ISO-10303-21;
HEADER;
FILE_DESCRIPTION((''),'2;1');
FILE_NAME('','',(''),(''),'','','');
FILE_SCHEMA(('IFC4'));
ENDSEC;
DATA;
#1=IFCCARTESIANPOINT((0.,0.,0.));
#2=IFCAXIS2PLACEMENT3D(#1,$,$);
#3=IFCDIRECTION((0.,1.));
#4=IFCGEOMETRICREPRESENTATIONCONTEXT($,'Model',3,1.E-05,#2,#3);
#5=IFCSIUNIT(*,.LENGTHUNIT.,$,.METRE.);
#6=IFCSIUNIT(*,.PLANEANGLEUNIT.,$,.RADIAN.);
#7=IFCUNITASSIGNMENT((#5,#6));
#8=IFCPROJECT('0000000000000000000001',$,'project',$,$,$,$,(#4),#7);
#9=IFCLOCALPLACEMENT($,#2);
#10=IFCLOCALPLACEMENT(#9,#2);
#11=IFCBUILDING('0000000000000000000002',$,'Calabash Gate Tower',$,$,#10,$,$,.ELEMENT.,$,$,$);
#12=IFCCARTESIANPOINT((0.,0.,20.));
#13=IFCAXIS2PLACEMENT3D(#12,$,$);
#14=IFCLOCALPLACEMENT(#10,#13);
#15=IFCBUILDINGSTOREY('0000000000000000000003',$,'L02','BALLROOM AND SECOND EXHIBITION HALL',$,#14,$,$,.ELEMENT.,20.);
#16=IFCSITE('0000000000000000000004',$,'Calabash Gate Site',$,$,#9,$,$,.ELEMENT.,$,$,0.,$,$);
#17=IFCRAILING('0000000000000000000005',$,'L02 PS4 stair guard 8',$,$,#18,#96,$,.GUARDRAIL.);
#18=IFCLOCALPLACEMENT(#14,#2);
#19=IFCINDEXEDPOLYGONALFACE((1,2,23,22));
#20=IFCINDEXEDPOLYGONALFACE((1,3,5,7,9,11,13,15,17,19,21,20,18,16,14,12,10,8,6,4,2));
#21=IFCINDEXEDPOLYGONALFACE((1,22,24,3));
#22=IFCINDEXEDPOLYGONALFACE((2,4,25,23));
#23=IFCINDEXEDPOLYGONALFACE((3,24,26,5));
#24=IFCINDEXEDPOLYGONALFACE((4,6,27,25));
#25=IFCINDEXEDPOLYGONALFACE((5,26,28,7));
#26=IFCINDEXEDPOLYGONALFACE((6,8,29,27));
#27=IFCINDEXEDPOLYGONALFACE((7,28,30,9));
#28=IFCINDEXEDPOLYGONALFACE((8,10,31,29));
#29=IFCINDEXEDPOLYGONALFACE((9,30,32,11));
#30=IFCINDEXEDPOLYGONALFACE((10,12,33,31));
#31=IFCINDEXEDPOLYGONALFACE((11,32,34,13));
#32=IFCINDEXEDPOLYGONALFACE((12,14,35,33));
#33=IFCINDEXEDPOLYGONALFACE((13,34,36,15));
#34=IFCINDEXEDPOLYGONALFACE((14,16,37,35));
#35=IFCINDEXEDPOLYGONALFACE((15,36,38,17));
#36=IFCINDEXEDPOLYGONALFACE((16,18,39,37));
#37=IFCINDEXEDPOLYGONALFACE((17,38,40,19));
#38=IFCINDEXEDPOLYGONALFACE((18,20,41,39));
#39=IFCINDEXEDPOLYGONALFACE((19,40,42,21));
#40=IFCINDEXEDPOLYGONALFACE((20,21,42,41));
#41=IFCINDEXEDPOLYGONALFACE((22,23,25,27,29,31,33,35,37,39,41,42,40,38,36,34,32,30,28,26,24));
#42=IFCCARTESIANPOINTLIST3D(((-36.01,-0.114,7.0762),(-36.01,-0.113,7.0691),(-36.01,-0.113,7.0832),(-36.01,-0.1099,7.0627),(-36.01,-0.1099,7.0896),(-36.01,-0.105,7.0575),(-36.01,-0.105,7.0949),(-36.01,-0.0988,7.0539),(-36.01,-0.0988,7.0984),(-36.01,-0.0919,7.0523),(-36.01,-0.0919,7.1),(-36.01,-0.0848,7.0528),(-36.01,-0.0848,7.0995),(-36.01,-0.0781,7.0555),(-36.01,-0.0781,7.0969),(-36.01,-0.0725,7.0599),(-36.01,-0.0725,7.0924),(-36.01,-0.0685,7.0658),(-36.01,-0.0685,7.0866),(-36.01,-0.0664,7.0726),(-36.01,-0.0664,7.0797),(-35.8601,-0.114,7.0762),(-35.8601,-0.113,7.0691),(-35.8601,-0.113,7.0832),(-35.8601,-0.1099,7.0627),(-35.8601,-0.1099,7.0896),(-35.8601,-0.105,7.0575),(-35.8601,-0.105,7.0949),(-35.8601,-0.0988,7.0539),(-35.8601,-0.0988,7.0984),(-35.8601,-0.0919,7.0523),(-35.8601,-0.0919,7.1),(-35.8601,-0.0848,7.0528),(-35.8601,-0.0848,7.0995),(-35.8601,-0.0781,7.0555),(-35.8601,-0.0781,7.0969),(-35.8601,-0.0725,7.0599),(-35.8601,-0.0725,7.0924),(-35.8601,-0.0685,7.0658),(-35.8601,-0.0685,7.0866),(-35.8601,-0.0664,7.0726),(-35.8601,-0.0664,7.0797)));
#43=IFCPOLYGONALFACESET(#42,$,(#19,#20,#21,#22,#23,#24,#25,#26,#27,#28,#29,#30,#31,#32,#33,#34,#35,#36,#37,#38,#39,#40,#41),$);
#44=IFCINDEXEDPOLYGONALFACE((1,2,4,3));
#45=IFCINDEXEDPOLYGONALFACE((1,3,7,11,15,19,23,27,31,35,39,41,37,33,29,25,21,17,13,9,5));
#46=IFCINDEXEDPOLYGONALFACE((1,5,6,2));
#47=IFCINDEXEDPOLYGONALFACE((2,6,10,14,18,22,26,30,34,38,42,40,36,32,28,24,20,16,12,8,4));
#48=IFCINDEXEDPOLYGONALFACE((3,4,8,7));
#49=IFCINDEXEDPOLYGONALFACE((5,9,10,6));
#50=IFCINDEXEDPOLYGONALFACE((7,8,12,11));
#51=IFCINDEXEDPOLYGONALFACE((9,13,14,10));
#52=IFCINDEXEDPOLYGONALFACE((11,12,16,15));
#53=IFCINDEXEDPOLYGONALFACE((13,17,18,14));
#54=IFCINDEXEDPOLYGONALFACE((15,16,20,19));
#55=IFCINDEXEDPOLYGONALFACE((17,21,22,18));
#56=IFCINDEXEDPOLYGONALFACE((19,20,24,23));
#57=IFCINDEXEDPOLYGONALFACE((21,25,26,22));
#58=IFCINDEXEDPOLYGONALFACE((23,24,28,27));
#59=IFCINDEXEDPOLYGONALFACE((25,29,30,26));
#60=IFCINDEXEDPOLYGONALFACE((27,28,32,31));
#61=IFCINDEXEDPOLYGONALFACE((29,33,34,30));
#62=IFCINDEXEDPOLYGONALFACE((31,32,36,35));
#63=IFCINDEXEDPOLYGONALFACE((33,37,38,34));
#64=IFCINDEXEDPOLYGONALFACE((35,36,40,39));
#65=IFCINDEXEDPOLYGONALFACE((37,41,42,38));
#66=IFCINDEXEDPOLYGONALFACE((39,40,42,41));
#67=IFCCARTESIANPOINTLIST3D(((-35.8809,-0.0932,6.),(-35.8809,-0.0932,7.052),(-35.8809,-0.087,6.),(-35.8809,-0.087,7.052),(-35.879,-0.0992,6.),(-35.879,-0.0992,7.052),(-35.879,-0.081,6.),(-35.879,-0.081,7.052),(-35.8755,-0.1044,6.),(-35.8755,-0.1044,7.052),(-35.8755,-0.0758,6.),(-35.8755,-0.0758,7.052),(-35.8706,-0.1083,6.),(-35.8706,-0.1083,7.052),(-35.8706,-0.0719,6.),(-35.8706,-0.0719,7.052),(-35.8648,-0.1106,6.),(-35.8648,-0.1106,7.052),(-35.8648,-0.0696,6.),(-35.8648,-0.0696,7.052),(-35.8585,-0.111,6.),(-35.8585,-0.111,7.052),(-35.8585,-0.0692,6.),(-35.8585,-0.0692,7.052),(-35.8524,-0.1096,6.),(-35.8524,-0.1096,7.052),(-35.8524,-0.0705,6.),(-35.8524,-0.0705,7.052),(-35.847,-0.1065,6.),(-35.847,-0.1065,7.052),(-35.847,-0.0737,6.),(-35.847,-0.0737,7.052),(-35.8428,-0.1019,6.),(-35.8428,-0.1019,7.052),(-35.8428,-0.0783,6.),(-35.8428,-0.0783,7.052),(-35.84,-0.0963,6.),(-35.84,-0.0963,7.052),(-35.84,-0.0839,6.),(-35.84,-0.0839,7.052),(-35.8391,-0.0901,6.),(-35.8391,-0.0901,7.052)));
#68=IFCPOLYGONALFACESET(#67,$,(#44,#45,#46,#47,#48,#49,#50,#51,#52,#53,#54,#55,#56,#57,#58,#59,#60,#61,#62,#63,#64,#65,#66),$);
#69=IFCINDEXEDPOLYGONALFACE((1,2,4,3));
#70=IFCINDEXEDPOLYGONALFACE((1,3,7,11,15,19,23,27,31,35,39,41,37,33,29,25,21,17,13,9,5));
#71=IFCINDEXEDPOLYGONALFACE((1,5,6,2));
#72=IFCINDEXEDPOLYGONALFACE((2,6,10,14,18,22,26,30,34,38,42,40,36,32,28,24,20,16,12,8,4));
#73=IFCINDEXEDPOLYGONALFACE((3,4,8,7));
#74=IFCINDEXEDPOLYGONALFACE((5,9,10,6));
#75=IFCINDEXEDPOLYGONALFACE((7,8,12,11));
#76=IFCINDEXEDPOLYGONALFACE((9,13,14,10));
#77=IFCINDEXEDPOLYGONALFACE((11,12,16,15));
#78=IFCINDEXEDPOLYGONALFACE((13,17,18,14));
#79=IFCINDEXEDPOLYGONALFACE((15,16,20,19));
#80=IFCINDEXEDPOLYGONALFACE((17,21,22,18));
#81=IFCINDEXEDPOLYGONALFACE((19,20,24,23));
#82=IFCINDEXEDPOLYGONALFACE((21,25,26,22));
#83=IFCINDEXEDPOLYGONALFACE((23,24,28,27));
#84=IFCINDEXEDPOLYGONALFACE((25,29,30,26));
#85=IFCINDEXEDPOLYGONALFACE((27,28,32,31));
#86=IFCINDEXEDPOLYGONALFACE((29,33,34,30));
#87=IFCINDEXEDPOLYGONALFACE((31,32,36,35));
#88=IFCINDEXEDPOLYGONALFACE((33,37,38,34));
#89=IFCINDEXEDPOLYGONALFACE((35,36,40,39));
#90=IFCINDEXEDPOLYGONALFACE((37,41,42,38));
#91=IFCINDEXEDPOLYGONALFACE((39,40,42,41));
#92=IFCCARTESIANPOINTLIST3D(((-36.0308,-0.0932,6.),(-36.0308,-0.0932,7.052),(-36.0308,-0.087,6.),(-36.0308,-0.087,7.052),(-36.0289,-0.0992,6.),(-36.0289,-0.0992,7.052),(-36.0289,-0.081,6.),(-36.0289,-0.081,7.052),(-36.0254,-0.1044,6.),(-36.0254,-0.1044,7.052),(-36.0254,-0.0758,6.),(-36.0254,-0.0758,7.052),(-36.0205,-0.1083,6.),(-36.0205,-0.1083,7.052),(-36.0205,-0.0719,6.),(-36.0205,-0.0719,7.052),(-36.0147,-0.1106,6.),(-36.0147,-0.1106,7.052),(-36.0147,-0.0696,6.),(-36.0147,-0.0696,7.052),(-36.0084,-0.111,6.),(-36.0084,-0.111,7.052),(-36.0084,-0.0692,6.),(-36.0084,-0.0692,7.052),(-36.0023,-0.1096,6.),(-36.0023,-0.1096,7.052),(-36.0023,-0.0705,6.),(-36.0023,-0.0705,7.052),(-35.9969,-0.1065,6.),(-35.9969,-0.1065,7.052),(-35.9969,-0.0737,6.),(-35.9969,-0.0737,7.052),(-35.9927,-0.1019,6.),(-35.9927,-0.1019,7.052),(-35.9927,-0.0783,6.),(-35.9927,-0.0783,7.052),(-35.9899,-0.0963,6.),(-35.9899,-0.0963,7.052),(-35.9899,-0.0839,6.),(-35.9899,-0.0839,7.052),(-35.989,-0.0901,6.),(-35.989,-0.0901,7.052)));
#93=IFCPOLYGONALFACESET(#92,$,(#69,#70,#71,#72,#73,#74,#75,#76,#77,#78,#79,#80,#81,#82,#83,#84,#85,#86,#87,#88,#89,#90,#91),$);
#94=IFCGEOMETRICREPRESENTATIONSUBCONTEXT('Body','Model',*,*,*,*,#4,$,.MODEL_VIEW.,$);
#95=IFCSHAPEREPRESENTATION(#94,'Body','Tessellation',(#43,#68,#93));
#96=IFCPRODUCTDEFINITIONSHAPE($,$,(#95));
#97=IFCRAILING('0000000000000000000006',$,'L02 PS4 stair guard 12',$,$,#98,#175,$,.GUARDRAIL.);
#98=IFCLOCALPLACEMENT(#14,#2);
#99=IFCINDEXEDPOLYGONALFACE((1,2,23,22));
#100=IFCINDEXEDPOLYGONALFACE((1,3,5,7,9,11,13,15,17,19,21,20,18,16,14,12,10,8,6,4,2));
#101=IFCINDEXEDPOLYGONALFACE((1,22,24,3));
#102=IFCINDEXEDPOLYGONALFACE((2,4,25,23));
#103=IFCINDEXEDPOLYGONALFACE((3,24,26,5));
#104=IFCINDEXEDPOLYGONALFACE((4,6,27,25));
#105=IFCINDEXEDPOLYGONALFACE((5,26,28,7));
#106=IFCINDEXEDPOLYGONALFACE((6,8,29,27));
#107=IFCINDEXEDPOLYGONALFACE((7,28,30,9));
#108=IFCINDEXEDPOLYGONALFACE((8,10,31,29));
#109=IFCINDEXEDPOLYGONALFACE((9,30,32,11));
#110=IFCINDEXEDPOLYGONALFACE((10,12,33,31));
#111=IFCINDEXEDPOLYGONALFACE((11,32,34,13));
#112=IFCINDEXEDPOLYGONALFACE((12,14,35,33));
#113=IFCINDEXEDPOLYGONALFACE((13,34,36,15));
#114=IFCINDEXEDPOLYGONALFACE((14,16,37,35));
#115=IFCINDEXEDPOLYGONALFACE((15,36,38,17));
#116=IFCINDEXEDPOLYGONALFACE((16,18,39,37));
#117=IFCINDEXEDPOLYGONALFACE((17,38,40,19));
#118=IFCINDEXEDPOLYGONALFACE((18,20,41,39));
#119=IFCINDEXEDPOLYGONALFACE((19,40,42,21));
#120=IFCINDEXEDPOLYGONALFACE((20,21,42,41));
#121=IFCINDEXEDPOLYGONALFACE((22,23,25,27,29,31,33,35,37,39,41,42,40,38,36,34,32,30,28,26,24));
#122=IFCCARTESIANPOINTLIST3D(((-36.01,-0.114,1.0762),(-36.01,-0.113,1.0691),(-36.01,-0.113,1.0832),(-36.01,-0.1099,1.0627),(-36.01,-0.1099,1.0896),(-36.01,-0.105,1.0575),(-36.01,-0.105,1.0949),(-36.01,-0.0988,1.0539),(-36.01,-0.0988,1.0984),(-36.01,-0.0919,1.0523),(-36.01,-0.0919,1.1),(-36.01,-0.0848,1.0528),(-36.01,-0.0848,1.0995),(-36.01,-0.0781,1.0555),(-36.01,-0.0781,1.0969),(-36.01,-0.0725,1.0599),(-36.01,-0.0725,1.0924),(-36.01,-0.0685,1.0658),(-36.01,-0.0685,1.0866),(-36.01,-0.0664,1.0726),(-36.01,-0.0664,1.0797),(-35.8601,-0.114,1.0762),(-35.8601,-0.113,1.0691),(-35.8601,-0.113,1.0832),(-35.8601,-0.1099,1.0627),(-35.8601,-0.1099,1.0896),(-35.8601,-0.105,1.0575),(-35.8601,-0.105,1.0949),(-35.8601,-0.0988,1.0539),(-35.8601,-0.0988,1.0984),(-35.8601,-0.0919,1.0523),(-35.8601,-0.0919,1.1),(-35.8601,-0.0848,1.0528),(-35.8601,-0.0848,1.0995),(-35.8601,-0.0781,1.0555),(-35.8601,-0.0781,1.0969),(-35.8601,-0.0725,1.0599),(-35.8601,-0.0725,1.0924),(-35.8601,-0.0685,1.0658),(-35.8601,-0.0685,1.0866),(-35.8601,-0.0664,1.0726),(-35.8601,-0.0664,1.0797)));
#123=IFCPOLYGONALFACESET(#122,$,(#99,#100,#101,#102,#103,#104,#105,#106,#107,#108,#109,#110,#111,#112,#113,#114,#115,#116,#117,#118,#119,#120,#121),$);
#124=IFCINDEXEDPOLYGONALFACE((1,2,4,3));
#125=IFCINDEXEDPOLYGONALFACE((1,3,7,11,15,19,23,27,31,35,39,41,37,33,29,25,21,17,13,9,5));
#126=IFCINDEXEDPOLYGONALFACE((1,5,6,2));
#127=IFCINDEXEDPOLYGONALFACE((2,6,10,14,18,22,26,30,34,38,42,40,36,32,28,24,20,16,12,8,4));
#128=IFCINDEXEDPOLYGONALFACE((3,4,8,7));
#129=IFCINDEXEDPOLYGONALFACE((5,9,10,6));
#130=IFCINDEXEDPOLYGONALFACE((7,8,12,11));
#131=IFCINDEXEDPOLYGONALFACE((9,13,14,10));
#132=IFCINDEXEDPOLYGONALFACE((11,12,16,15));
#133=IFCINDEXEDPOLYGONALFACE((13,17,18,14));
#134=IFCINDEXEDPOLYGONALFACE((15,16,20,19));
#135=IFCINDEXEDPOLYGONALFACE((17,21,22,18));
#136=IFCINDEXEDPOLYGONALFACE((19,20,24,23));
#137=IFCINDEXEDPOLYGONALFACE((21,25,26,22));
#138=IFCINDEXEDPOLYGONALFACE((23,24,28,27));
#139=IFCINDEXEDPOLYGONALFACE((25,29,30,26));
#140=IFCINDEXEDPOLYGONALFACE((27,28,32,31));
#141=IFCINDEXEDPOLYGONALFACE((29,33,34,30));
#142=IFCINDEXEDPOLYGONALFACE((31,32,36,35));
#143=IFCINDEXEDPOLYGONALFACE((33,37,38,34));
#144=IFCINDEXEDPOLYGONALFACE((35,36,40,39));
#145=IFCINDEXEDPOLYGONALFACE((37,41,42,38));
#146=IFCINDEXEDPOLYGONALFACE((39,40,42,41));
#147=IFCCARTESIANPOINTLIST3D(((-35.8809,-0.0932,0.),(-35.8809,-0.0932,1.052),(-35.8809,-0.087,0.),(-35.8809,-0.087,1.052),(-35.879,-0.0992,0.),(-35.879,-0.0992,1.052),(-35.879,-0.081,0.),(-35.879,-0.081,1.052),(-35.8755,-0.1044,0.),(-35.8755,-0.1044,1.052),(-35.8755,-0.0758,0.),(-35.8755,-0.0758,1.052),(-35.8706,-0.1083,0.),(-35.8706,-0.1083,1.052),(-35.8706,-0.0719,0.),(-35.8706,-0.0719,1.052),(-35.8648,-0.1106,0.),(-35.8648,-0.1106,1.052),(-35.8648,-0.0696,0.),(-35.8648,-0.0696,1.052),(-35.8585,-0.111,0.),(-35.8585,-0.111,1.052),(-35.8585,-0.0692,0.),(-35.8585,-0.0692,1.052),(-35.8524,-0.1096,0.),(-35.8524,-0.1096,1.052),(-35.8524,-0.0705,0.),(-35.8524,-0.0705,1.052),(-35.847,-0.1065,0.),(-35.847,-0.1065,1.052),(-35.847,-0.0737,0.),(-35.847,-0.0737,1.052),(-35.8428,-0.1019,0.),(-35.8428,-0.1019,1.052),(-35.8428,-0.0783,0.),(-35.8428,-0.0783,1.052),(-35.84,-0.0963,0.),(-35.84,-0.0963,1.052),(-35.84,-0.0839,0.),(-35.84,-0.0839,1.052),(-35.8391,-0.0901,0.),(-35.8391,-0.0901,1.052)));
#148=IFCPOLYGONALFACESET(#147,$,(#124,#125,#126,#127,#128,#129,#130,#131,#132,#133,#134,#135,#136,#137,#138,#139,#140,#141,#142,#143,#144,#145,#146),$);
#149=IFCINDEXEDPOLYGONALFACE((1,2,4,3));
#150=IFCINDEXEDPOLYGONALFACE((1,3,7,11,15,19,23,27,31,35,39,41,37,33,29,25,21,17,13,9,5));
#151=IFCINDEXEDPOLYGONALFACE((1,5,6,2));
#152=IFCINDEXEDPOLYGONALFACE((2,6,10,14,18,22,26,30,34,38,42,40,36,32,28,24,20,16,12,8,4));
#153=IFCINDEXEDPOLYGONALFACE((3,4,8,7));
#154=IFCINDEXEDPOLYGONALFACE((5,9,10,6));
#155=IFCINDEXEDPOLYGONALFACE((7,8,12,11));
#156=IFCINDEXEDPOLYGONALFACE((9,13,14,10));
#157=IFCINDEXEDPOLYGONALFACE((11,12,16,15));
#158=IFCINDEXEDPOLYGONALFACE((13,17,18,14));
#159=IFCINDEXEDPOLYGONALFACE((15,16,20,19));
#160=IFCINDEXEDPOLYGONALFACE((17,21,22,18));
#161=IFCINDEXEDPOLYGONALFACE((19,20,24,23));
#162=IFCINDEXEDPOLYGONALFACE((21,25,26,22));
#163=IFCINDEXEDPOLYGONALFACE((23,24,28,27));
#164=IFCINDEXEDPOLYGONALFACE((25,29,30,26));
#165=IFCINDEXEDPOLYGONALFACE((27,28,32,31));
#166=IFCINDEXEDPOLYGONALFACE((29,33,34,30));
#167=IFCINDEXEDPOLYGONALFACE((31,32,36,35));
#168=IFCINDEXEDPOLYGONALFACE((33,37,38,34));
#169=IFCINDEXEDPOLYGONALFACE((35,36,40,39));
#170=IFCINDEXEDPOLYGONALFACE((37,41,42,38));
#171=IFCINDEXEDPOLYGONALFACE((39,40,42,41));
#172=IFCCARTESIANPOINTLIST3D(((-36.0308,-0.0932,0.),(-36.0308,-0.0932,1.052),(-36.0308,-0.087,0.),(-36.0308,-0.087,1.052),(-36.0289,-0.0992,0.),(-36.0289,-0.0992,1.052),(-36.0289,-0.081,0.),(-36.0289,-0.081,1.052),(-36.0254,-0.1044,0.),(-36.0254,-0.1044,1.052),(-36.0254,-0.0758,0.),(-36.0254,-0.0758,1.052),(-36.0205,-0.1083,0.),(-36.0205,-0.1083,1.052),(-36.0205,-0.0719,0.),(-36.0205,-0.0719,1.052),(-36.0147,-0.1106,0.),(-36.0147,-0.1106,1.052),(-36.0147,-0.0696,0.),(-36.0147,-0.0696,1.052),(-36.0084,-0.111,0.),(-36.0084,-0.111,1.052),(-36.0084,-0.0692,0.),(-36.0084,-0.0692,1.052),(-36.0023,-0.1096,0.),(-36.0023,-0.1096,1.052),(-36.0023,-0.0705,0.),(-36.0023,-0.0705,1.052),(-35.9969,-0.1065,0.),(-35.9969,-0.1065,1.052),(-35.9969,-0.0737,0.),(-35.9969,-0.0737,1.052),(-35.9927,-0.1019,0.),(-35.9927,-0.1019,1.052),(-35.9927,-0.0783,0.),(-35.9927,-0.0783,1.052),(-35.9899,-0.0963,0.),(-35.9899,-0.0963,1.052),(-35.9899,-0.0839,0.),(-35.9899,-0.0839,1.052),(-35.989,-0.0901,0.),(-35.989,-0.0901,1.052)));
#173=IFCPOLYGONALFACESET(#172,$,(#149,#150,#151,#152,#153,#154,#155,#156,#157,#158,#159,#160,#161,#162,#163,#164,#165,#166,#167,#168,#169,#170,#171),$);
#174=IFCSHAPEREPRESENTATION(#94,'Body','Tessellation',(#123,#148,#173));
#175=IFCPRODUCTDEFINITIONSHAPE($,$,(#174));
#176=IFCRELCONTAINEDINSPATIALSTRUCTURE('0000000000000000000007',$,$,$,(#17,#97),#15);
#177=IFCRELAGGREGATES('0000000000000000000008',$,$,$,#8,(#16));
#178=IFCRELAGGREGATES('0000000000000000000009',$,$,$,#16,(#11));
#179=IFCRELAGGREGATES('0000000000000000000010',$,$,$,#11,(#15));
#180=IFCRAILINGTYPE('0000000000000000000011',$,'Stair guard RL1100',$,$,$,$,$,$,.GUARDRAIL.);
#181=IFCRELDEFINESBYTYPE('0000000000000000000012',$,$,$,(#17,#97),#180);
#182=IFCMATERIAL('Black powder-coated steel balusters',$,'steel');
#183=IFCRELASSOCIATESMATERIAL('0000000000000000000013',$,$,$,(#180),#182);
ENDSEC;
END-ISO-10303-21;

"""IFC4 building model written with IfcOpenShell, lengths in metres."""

from ifc_helpers import new_model, si_unit, direction, frame, origin, origin_2d, place, context, subcontext, project, spatial, circle, extrude, material, type_object, element, save


model = new_model("IFC4")

# Units and contexts
model_context = context("Model", 3, precision=1e-05, world=origin(), true_north=direction((0.0, 1.0)))
body_context = subcontext(model_context, "Body", "Model", "MODEL_VIEW")
ifc_project = project(units=[si_unit("LENGTHUNIT", "METRE"), si_unit("PLANEANGLEUNIT", "RADIAN")], contexts=[model_context])

# Site, building, storey
site_placement = place(None, origin())
site = spatial("IfcSite", under=ifc_project, at=site_placement, Name="Calabash Gate Site", CompositionType="ELEMENT", RefElevation=0.0)
building_placement = place(site_placement, origin())
building = spatial("IfcBuilding", under=site, at=building_placement, Name="Calabash Gate Tower", CompositionType="ELEMENT")
storey_placement = place(building_placement, frame((0.0, 0.0, 20.0)))
storey = spatial("IfcBuildingStorey", under=building, at=storey_placement, Name="L02", Description="BALLROOM AND SECOND EXHIBITION HALL", CompositionType="ELEMENT", Elevation=20.0)

# Railings
ifc_material_1 = material(Name="Black powder-coated steel balusters", Category="steel")
railing_type_1 = type_object("IfcRailingType", Name="Stair guard RL1100", PredefinedType="GUARDRAIL", material=ifc_material_1)
for number, where, name in (
    (1, (-35.8601, -0.0901, 6.0), "L02 PS4 stair guard 8"),
    (2, (-35.8601, -0.0901, 0.0), "L02 PS4 stair guard 12"),
):
    element("IfcRailing", number, at=place(storey_placement, frame(where)), inside=storey, type_object=railing_type_1, Name=name, PredefinedType="GUARDRAIL", context=body_context, shape_type="SweptSolid", body=[
        extrude(circle(Radius=0.0239, at=origin_2d()), frame((0.0, 0.0, 1.0762), z_axis=(-1.0, 0.0, 0.0), x_axis=(0.0, -1.0, 0.0)), (0.0, 0.0, 1.0), 0.1499),
        extrude(circle(Radius=0.021, at=origin_2d()), origin(), (0.0, 0.0, 1.0), 1.052),
        extrude(circle(Radius=0.021, at=origin_2d()), frame((-0.1499, 0.0, 0.0)), (0.0, 0.0, 1.0), 1.052),
    ])

save(model, "model.ifc")
